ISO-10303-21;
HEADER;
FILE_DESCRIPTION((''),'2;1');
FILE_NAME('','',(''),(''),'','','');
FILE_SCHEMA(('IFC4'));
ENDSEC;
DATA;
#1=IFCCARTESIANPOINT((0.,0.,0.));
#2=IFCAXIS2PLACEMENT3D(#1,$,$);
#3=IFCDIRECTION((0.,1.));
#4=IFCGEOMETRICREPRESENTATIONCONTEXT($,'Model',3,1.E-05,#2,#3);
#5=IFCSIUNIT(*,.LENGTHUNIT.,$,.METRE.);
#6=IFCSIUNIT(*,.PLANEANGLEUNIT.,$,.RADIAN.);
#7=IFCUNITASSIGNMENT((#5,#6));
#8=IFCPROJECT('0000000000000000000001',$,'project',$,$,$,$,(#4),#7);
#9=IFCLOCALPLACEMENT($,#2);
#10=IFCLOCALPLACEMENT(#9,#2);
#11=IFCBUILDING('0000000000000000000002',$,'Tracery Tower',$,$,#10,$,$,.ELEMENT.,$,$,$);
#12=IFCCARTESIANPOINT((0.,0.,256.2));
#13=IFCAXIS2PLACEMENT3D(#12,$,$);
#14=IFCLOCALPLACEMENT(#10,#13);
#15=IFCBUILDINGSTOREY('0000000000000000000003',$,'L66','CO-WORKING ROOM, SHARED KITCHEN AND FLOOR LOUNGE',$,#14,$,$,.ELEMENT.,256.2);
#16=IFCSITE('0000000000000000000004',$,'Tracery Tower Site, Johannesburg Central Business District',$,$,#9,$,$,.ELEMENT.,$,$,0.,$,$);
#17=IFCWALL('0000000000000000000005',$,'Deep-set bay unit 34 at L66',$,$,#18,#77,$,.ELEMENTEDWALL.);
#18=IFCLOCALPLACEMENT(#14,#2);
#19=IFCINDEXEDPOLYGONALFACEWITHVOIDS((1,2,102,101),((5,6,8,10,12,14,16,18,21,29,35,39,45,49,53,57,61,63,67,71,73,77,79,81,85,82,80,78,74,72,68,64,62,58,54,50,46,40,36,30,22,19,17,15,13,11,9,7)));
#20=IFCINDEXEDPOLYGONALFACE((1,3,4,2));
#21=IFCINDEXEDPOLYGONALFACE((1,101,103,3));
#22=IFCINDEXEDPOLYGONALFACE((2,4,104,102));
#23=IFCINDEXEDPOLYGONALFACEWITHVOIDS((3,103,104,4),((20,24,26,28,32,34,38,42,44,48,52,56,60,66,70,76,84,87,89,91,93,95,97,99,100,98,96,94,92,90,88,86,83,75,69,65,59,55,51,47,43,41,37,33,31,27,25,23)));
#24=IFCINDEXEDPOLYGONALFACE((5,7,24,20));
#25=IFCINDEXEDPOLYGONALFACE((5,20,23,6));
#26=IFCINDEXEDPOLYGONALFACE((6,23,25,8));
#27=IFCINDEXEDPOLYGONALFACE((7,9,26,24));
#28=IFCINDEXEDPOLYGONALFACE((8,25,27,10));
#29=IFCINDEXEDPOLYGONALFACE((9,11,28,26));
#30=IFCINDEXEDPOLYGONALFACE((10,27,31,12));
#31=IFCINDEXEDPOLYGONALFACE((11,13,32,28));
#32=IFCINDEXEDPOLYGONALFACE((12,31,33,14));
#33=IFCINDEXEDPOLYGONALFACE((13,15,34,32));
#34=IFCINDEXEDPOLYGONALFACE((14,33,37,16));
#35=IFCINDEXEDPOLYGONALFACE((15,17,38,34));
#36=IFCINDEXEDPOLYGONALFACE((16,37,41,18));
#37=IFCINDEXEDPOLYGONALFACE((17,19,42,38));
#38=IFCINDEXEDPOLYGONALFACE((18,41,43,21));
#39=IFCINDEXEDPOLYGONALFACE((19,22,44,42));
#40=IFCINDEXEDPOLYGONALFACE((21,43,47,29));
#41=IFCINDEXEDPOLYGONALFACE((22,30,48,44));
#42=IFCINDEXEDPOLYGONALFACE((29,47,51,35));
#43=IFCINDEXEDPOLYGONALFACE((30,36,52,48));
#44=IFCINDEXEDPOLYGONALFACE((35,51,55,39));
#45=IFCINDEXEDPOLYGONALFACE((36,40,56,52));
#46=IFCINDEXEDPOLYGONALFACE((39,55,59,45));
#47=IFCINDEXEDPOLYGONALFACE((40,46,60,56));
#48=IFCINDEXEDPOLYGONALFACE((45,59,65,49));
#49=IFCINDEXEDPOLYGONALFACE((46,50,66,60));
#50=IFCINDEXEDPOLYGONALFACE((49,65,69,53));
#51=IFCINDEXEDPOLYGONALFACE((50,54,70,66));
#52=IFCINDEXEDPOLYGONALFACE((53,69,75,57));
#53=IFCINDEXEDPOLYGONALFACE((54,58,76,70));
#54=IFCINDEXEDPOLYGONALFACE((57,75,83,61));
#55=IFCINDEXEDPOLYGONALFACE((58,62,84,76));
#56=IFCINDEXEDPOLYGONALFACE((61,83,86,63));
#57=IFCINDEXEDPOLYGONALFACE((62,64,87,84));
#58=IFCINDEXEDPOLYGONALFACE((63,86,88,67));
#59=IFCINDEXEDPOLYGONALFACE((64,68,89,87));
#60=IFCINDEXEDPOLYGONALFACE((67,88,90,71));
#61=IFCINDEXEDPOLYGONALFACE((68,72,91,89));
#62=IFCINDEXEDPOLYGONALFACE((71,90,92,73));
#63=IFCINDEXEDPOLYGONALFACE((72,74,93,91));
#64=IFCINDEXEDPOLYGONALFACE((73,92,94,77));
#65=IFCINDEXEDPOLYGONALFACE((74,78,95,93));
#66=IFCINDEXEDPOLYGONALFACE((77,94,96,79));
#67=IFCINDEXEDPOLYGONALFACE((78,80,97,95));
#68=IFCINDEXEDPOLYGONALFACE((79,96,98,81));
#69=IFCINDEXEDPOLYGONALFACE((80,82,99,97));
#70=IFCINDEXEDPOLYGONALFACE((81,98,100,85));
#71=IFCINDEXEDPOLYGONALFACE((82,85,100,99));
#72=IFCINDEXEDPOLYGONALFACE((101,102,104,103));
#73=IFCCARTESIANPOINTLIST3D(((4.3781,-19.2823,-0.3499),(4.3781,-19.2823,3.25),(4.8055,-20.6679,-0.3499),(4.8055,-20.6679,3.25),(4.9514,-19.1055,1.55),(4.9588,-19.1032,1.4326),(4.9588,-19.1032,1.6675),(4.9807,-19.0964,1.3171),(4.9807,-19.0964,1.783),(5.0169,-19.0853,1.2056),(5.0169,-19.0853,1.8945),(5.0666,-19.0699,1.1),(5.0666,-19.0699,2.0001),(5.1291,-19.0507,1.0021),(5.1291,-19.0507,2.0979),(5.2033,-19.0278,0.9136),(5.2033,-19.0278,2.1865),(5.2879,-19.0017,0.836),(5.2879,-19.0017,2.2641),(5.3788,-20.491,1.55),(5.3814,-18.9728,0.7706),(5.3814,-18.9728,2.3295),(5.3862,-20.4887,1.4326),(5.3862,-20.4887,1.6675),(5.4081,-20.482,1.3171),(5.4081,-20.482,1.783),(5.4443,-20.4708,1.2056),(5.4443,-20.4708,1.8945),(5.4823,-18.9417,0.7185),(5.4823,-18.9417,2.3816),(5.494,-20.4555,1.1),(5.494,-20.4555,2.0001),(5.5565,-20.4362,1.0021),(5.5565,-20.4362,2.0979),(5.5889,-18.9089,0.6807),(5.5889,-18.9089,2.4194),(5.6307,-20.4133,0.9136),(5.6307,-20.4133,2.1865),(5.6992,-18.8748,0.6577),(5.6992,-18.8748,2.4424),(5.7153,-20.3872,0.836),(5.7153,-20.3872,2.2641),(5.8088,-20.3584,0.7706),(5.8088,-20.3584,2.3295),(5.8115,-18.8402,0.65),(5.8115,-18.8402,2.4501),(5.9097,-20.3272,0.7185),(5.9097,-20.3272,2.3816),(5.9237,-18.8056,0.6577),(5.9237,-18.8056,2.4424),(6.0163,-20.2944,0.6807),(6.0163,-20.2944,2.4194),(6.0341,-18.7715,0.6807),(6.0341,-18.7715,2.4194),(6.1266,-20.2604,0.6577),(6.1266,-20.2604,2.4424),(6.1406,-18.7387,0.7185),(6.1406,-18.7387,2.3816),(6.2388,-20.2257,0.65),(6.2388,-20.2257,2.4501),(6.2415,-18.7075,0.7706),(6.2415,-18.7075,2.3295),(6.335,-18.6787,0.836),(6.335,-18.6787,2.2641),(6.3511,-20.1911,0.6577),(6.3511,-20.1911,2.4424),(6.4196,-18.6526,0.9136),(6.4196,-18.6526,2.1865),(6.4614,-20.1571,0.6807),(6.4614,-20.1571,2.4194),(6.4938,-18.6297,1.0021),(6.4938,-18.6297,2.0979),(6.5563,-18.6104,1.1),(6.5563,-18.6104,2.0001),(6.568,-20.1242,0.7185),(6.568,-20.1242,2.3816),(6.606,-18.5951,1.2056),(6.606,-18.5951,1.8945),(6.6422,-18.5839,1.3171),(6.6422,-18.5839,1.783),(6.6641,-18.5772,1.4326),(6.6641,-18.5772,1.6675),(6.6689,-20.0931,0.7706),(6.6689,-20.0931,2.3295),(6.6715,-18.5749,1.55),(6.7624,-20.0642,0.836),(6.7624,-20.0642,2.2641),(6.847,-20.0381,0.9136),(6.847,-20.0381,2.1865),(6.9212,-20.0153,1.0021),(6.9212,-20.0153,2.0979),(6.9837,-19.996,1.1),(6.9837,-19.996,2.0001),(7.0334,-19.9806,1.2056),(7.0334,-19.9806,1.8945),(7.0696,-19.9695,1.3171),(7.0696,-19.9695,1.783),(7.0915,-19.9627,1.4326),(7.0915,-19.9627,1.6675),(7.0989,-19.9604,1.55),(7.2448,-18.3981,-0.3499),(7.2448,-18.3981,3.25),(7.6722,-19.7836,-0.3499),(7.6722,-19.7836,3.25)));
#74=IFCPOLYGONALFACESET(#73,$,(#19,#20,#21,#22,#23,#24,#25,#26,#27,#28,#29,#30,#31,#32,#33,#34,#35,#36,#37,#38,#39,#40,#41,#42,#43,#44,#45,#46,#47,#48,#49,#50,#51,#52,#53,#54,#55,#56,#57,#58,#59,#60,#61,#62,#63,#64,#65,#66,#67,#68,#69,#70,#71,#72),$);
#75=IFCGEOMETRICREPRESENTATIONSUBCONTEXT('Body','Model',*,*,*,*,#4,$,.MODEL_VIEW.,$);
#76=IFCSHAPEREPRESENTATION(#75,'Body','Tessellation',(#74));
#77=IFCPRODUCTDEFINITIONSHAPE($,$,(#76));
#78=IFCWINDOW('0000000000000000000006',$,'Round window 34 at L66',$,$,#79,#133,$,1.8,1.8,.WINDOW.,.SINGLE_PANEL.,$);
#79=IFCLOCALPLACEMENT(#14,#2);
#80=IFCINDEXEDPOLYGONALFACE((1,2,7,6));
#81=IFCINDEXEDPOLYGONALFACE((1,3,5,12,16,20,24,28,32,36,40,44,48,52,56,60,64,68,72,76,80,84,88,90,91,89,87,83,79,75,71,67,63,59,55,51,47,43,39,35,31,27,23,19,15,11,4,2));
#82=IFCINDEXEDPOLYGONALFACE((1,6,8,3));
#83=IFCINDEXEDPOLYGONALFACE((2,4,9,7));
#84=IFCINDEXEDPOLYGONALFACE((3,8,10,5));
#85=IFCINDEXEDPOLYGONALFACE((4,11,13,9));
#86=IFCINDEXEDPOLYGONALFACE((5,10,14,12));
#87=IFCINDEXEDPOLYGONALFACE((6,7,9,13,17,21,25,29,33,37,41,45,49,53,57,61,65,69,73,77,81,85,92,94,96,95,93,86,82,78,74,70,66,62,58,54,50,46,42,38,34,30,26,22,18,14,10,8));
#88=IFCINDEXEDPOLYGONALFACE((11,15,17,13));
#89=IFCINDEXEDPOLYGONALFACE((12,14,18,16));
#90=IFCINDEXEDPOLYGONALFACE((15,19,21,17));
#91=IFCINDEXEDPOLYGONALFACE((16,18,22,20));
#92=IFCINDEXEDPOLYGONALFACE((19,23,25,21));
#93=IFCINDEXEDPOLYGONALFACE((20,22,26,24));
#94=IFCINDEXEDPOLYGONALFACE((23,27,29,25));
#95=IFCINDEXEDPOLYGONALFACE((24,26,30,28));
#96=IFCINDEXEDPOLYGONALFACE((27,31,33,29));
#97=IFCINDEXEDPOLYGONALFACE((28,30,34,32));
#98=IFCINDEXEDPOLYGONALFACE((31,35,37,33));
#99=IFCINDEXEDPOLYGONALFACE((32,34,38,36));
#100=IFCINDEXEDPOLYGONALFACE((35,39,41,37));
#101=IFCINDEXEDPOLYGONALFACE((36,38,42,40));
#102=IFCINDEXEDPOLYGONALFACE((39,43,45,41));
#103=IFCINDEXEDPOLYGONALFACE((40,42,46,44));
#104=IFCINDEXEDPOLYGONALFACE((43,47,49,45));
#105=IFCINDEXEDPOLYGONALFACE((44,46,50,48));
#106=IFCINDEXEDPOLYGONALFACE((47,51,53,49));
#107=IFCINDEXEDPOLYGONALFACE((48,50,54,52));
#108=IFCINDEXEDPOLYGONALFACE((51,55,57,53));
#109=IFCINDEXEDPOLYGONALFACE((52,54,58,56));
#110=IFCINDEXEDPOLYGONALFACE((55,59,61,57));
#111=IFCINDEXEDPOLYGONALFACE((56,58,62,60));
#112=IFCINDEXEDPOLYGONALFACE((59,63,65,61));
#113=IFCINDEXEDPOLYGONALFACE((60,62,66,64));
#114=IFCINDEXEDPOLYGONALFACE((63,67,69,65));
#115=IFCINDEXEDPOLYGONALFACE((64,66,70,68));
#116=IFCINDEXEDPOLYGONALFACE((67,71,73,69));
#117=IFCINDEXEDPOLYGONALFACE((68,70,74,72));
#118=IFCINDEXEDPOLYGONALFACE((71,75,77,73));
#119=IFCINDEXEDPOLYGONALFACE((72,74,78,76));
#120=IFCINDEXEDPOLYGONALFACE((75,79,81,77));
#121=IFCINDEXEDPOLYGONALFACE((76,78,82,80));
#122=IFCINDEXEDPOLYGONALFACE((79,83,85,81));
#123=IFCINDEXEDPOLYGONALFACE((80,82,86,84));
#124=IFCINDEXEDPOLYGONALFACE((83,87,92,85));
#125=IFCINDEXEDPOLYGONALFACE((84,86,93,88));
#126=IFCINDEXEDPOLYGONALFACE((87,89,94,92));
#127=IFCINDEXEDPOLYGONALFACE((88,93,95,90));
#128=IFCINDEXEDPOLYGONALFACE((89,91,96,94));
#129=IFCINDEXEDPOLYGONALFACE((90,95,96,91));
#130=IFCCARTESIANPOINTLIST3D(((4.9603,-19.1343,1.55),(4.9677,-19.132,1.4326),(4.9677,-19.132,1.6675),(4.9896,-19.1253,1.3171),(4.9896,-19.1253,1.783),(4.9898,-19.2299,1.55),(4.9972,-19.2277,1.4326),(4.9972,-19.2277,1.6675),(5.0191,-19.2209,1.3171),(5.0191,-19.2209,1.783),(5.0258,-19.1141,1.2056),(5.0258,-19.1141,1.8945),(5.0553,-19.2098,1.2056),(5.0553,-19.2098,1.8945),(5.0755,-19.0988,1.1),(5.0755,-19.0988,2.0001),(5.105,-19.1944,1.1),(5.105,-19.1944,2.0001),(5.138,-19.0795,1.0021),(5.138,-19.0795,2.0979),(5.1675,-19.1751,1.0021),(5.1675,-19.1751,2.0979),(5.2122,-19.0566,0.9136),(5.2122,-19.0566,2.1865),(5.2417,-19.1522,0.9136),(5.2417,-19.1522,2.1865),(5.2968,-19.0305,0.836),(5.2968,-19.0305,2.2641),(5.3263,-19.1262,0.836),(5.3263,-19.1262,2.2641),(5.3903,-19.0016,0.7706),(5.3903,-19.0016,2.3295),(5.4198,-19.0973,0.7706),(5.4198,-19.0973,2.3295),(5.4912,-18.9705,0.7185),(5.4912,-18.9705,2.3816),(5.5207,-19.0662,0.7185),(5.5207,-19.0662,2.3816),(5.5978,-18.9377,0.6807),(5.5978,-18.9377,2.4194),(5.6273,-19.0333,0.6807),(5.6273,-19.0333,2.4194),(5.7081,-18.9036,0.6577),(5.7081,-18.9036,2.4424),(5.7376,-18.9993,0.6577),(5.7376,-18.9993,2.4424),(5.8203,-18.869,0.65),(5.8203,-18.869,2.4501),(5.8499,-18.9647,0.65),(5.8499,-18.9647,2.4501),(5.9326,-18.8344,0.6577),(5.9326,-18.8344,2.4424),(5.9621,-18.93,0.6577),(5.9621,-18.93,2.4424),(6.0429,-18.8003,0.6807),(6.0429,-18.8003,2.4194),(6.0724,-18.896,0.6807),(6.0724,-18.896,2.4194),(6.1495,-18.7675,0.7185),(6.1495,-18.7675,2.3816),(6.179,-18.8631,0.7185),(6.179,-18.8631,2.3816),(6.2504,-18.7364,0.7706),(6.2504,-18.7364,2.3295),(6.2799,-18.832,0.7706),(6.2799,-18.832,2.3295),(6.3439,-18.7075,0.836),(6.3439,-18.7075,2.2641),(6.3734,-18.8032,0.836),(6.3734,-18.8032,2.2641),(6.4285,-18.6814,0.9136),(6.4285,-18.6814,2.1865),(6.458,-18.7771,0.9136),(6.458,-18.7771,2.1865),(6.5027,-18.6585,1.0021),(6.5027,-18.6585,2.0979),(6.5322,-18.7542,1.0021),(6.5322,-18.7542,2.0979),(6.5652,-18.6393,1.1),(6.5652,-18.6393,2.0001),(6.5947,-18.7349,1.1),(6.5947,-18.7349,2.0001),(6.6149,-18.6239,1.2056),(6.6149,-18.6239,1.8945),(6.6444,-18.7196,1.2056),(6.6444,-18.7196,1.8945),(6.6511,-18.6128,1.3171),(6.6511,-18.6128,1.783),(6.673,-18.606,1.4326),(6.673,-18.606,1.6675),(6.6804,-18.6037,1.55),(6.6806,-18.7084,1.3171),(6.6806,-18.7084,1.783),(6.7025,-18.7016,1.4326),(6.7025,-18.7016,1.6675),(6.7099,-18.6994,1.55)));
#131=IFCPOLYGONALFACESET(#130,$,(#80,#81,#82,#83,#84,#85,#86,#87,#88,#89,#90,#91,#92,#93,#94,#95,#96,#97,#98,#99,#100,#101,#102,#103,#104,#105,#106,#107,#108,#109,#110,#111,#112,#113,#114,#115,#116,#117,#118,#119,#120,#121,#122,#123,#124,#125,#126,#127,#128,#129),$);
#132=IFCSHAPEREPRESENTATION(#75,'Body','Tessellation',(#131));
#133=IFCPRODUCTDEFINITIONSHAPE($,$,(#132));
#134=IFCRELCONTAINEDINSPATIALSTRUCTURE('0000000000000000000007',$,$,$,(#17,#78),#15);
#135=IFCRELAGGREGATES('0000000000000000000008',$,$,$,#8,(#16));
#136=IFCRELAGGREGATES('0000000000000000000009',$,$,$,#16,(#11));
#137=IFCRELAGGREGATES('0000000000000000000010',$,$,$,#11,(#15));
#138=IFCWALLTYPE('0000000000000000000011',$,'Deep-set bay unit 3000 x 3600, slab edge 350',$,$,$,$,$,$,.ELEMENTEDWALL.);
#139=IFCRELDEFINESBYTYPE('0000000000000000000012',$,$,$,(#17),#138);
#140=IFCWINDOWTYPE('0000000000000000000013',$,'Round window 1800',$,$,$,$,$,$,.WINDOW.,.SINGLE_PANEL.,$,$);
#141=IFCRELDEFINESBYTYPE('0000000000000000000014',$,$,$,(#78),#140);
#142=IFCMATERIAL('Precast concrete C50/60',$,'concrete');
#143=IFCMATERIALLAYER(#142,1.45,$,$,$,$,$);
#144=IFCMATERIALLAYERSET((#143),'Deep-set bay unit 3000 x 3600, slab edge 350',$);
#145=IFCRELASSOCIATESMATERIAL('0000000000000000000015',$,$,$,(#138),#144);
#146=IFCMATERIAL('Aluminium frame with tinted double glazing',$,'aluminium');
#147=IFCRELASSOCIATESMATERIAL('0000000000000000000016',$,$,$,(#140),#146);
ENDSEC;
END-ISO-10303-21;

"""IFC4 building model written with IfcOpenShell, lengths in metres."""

from ifc_helpers import new_model, si_unit, direction, frame, frame_2d, origin, origin_2d, place, context, subcontext, project, spatial, rectangle, circle, extrude, material, layer, layer_set, type_object, element, fill, save


model = new_model("IFC4")

# Units and contexts
model_context = context("Model", 3, precision=1e-05, world=origin(), true_north=direction((0.0, 1.0)))
body_context = subcontext(model_context, "Body", "Model", "MODEL_VIEW")
ifc_project = project(units=[si_unit("LENGTHUNIT", "METRE"), si_unit("PLANEANGLEUNIT", "RADIAN")], contexts=[model_context])

# Site, building, storey
site_placement = place(None, origin())
site = spatial("IfcSite", under=ifc_project, at=site_placement, Name="Tracery Tower Site, Johannesburg Central Business District", CompositionType="ELEMENT", RefElevation=0.0)
building_placement = place(site_placement, origin())
building = spatial("IfcBuilding", under=site, at=building_placement, Name="Tracery Tower", CompositionType="ELEMENT")
storey_placement = place(building_placement, frame((0.0, 0.0, 256.2)))
storey = spatial("IfcBuildingStorey", under=building, at=storey_placement, Name="L66", Description="CO-WORKING ROOM, SHARED KITCHEN AND FLOOR LOUNGE", CompositionType="ELEMENT", Elevation=256.2)

# Wall, opening, window
ifc_material_1 = material(Name="Precast concrete C50/60", Category="concrete")
ifc_layer_1 = layer(ifc_material_1, 1.45)
ifc_layer_set_1 = layer_set([ifc_layer_1], Name="Deep-set bay unit 3000 x 3600, slab edge 350")
wall_type_1 = type_object("IfcWallType", Name="Deep-set bay unit 3000 x 3600, slab edge 350", PredefinedType="ELEMENTEDWALL", material=ifc_layer_set_1)
wall_1_placement = place(storey_placement, frame((4.5918, -19.9751, -0.3499), z_axis=(0.0, 0.0, 1.0), x_axis=(0.955571, 0.294761, 0.0)))
wall_1 = element("IfcWall", 1, at=wall_1_placement, inside=storey, type_object=wall_type_1, Name="Deep-set bay unit 34 at L66", PredefinedType="ELEMENTEDWALL", context=body_context, shape_type="SweptSolid", body=[
    extrude(rectangle(XDim=3.0, YDim=1.45, at=frame_2d((1.5, 0.0))), origin(), (0.0, 0.0, 1.0), 3.5999),
])
opening_1_placement = place(wall_1_placement, frame((1.5, 0.0, 1.8999)))
opening_1 = element("IfcOpeningElement", 2, at=opening_1_placement, cuts=wall_1, PredefinedType="OPENING", context=body_context, shape_type="SweptSolid", body=[
    extrude(circle(Radius=0.9, at=origin_2d()), frame((0.0, 0.7349, 0.0), z_axis=(0.0, -1.0, 0.0), x_axis=(1.0, 0.0, 0.0)), (0.0, 0.0, 1.0), 1.47),
])
ifc_material_2 = material(Name="Aluminium frame with tinted double glazing", Category="aluminium")
window_type = type_object("IfcWindowType", Name="Round window 1800", PartitioningType="SINGLE_PANEL", PredefinedType="WINDOW", material=ifc_material_2)
window_1_placement = place(opening_1_placement, origin())
window_1 = element("IfcWindow", 3, at=window_1_placement, inside=storey, type_object=window_type, Name="Round window 34 at L66", OverallHeight=1.8, OverallWidth=1.8, PartitioningType="SINGLE_PANEL", PredefinedType="WINDOW", context=body_context, shape_type="SweptSolid", body=[
    extrude(circle(Radius=0.9, at=origin_2d()), frame((0.0, 0.6948, 0.0), z_axis=(0.0, -1.0, 0.0), x_axis=(1.0, 0.0, 0.0)), (0.0, 0.0, 1.0), 0.1001),
])
fill(opening_1, window_1)

save(model, "model.ifc")
